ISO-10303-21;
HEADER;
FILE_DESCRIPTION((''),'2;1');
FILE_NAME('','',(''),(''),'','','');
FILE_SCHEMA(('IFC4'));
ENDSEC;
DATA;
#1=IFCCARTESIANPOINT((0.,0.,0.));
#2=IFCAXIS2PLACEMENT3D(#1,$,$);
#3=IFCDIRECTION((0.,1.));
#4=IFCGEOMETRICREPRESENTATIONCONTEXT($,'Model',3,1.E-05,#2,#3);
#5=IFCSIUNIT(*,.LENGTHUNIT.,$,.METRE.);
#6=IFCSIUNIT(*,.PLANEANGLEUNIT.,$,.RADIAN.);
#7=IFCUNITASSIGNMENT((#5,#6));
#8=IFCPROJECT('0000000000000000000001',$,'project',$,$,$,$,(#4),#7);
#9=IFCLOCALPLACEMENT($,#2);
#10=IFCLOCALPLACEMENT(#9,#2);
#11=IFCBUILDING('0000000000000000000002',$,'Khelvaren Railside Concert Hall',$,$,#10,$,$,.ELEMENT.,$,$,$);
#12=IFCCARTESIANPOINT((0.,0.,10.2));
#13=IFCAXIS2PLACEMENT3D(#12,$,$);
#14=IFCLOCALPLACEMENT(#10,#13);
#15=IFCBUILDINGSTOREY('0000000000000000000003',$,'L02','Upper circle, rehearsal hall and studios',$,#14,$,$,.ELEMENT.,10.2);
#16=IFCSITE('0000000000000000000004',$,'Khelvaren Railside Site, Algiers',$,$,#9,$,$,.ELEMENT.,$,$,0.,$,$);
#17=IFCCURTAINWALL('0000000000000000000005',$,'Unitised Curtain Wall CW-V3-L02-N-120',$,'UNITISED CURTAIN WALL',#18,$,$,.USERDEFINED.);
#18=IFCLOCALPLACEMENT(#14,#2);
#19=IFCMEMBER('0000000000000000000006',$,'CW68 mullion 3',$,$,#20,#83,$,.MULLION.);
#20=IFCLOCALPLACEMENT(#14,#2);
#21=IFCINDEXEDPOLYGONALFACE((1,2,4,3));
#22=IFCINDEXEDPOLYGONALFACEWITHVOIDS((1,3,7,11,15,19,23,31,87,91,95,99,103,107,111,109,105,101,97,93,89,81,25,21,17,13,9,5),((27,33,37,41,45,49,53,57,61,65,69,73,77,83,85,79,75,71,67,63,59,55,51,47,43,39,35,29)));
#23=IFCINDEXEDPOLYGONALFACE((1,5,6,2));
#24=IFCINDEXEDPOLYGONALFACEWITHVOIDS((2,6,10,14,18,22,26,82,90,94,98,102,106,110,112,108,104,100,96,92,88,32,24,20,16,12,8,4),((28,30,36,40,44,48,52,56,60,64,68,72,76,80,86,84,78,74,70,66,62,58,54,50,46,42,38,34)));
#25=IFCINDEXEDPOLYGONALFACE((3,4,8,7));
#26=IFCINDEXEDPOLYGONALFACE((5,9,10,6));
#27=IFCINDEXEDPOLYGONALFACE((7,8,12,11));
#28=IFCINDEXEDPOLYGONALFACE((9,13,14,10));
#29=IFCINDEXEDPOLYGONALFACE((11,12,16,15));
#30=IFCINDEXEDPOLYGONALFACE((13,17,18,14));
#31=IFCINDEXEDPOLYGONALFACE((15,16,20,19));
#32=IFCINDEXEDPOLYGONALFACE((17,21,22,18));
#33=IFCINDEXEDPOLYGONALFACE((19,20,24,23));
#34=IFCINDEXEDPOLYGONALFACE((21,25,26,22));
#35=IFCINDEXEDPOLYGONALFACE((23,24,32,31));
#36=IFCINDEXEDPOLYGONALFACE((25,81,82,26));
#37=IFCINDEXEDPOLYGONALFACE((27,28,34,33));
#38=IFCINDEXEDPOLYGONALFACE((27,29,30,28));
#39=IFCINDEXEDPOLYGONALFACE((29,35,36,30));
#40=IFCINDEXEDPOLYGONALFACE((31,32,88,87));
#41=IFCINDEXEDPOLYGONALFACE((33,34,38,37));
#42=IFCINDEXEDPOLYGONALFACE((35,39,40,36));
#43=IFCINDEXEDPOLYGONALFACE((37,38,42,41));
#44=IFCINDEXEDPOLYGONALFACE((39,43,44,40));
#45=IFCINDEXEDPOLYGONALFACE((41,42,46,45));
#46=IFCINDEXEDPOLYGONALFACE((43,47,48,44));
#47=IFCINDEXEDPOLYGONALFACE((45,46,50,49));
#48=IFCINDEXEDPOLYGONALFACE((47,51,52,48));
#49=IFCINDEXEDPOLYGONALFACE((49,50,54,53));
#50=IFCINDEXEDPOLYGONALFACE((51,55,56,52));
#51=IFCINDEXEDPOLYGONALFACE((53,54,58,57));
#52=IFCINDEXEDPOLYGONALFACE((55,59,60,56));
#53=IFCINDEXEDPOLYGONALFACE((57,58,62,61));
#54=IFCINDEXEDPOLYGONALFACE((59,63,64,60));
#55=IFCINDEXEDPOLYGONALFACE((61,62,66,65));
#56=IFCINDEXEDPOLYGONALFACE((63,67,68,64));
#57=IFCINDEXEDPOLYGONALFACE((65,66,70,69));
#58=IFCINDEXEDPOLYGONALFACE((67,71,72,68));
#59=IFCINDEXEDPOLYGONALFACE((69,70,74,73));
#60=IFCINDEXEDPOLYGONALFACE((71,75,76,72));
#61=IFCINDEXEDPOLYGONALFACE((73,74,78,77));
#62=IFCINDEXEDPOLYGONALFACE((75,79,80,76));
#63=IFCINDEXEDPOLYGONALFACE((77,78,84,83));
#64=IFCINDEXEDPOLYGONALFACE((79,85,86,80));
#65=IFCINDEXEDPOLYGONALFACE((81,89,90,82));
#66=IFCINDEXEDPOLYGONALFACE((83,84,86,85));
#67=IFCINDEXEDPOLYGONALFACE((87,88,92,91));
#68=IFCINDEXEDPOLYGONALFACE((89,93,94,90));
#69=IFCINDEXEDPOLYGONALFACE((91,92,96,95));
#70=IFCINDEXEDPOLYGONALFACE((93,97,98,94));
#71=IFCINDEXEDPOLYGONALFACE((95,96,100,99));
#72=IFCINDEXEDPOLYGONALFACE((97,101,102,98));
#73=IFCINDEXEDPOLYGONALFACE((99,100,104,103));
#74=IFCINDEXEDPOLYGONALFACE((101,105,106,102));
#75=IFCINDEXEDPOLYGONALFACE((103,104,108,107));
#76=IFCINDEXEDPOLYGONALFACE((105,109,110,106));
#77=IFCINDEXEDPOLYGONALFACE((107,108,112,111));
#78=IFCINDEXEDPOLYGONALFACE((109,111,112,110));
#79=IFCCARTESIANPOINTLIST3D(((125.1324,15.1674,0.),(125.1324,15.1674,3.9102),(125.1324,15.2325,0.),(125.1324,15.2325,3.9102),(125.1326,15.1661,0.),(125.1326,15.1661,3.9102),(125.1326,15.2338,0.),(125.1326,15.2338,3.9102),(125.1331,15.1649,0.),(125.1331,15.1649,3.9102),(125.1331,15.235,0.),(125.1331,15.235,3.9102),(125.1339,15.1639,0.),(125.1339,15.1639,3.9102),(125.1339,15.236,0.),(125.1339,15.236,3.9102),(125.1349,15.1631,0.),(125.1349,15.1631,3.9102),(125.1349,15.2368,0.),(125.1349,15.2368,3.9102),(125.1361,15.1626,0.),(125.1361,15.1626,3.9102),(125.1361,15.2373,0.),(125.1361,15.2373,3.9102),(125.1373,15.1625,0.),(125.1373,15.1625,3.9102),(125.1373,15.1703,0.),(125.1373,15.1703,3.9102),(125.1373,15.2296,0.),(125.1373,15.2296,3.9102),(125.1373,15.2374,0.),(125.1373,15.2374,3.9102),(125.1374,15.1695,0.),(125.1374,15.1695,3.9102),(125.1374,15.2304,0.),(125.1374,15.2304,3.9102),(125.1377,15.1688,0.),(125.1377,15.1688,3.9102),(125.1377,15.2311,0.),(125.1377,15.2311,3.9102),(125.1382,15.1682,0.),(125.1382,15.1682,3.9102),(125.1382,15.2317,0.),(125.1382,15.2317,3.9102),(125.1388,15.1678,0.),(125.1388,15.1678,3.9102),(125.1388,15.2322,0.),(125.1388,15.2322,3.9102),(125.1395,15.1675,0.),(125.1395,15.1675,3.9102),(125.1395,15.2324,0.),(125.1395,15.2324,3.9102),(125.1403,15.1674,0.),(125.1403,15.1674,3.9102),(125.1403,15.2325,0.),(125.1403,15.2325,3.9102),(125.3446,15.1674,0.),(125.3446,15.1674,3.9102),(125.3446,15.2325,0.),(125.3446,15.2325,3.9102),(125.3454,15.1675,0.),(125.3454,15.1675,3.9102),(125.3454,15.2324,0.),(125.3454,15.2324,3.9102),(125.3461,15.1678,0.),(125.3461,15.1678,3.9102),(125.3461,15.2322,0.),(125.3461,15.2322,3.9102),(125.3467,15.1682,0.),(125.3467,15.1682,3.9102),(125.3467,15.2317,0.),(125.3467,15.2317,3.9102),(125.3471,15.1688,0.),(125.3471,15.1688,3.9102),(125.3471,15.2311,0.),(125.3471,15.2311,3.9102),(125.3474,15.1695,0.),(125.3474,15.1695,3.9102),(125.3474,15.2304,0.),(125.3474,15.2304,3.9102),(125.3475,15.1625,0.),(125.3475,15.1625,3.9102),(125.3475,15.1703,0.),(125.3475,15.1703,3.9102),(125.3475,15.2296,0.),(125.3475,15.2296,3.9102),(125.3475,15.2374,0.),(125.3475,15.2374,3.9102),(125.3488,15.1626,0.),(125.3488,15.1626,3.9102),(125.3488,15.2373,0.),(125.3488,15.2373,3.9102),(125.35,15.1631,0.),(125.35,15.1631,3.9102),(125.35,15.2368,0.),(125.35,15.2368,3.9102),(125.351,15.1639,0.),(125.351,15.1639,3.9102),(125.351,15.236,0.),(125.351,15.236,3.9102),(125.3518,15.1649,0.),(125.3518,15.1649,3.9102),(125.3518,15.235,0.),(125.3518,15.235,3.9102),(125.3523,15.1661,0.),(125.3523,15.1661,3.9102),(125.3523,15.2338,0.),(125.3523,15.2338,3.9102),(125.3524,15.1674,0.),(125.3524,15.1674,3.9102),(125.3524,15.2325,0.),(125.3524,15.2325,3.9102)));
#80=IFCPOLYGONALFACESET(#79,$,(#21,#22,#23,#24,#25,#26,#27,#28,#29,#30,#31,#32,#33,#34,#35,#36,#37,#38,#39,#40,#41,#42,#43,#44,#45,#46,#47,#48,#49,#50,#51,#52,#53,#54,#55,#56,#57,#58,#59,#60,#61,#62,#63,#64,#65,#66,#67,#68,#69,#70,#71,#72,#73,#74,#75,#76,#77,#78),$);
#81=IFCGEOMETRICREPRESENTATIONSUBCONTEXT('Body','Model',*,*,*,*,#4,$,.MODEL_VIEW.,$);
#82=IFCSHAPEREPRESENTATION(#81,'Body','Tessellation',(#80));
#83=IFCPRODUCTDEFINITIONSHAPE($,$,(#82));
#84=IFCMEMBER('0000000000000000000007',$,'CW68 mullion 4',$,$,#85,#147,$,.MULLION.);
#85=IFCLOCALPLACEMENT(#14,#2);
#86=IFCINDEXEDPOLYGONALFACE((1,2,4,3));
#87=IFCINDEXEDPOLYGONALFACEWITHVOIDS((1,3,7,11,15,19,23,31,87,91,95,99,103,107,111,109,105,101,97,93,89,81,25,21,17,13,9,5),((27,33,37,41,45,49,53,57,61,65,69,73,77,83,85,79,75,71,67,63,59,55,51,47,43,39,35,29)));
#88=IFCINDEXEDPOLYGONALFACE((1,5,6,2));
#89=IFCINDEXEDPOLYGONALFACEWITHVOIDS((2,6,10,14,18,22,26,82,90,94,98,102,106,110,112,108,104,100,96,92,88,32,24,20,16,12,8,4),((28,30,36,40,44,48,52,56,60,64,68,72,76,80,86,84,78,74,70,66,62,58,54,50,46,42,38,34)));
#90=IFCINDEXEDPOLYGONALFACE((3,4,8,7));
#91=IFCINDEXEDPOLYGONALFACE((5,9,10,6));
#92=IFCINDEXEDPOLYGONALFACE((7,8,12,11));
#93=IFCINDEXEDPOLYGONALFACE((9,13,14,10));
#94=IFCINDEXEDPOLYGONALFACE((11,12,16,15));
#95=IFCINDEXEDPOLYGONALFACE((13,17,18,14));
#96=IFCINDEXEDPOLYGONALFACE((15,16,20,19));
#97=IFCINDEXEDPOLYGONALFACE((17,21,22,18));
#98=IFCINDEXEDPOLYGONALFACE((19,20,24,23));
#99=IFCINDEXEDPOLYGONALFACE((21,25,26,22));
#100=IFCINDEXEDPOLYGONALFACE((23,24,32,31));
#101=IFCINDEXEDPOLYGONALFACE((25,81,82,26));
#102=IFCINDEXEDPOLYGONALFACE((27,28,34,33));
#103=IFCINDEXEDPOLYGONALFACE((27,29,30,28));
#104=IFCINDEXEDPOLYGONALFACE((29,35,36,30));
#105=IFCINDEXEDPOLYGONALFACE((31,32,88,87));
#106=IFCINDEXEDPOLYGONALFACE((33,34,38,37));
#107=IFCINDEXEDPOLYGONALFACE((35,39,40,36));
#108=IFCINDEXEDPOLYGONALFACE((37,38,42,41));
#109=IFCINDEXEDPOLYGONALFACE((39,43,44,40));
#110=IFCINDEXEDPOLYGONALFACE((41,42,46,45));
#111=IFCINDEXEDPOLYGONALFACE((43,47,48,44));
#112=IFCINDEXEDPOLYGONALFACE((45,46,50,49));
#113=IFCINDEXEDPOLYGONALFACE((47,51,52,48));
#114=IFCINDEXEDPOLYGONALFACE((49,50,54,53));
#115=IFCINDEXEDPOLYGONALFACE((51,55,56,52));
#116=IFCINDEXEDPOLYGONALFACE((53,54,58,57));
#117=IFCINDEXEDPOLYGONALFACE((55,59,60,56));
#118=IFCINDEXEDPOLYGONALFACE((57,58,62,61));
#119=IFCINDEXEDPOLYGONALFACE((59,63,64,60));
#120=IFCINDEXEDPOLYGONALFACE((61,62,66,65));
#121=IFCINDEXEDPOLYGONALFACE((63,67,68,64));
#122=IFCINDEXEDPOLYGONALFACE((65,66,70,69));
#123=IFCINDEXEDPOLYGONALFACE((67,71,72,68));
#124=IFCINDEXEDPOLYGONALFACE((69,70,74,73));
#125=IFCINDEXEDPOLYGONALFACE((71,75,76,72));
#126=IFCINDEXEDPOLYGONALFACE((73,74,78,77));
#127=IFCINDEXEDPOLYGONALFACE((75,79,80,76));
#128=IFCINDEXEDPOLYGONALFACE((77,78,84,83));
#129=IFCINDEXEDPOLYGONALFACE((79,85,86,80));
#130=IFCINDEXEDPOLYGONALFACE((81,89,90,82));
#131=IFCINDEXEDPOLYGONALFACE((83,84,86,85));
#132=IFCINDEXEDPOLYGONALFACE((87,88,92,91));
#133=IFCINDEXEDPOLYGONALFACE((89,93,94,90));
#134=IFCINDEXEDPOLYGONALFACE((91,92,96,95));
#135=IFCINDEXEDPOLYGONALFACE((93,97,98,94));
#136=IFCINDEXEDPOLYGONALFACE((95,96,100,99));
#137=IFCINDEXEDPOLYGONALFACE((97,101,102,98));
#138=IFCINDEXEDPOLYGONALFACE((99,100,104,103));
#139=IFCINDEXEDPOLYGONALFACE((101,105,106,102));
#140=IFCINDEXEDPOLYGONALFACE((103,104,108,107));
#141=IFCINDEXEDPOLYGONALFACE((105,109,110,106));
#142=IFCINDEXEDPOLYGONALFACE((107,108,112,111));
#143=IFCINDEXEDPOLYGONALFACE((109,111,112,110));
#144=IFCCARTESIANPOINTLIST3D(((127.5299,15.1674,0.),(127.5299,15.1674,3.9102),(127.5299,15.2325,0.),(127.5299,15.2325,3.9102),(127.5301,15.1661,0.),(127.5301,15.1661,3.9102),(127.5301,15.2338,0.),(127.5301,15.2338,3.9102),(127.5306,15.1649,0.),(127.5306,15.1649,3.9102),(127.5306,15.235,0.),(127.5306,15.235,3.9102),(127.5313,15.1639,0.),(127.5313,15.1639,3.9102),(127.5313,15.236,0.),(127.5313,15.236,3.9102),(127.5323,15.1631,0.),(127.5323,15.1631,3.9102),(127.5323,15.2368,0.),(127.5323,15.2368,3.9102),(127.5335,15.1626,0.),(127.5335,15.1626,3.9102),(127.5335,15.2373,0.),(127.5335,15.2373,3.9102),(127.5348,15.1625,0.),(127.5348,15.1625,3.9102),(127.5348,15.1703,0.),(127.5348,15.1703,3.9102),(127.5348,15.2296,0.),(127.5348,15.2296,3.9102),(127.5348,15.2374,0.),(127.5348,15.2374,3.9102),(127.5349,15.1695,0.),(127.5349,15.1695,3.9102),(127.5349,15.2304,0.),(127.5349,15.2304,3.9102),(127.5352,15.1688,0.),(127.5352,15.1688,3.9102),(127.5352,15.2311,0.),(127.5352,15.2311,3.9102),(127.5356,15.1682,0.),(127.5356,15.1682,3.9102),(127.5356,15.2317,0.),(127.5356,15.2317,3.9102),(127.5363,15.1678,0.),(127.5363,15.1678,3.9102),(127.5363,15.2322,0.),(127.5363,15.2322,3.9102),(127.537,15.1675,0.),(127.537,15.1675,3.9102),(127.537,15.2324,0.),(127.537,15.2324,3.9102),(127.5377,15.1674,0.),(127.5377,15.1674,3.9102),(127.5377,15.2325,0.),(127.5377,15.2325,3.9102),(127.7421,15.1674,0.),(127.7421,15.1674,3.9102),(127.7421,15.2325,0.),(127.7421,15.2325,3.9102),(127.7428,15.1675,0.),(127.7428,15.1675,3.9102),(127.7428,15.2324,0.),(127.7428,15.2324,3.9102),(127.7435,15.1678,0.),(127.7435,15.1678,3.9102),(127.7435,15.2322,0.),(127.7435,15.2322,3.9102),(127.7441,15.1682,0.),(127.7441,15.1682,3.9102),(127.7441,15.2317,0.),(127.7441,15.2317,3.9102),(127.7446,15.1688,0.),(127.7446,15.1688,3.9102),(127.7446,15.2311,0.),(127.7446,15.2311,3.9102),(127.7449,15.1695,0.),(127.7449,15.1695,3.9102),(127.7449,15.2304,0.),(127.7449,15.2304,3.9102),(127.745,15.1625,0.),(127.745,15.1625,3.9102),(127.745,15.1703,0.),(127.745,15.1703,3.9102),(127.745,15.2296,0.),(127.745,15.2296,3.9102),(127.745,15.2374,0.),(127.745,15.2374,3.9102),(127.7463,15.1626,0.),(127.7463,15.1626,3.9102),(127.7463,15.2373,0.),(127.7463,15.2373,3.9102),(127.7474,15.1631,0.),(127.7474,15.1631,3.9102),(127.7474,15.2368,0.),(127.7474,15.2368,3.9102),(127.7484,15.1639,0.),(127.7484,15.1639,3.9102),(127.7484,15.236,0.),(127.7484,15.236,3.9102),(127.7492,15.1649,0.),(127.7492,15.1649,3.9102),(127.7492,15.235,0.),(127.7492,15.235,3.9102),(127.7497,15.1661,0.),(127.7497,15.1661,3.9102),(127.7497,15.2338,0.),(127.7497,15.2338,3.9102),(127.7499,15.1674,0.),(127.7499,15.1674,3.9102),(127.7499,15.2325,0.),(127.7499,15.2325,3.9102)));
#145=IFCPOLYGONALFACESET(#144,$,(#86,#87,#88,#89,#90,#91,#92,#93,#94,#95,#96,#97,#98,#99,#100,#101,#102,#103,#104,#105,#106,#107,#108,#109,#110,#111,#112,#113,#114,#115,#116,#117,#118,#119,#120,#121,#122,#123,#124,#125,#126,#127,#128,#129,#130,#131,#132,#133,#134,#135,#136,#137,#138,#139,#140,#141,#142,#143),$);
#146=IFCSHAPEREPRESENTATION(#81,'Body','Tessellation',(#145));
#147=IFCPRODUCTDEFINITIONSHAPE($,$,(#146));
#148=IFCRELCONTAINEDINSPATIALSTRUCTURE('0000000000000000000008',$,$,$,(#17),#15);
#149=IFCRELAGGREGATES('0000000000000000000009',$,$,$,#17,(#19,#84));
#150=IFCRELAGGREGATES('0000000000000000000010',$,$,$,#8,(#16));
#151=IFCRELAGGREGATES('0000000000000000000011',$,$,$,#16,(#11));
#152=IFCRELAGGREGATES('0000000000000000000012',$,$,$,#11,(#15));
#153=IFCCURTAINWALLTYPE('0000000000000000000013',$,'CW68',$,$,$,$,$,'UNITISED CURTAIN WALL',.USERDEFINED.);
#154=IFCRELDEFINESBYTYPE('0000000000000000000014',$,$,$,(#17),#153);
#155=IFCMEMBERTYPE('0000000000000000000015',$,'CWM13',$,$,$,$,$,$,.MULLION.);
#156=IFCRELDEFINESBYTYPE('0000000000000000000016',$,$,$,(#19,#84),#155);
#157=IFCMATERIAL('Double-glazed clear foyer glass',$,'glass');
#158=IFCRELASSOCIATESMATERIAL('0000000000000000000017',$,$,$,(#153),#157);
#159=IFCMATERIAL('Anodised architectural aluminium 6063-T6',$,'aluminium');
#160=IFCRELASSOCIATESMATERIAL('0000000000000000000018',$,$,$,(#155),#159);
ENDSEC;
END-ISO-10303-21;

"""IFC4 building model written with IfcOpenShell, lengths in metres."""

from ifc_helpers import new_model, si_unit, direction, frame, origin, origin_2d, place, context, subcontext, project, spatial, hollow_rectangle, extrude, material, material_profile, profile_set, type_object, element, aggregate, save


model = new_model("IFC4")

# Units and contexts
model_context = context("Model", 3, precision=1e-05, world=origin(), true_north=direction((0.0, 1.0)))
body_context = subcontext(model_context, "Body", "Model", "MODEL_VIEW")
ifc_project = project(units=[si_unit("LENGTHUNIT", "METRE"), si_unit("PLANEANGLEUNIT", "RADIAN")], contexts=[model_context])

# Site, building, storey
site_placement = place(None, origin())
site = spatial("IfcSite", under=ifc_project, at=site_placement, Name="Khelvaren Railside Site, Algiers", CompositionType="ELEMENT", RefElevation=0.0)
building_placement = place(site_placement, origin())
building = spatial("IfcBuilding", under=site, at=building_placement, Name="Khelvaren Railside Concert Hall", CompositionType="ELEMENT")
storey_placement = place(building_placement, frame((0.0, 0.0, 10.2)))
storey = spatial("IfcBuildingStorey", under=building, at=storey_placement, Name="L02", Description="Upper circle, rehearsal hall and studios", CompositionType="ELEMENT", Elevation=10.2)

# Curtain wall, members
ifc_material_1 = material(Name="Double-glazed clear foyer glass", Category="glass")
curtain_wall_type = type_object("IfcCurtainWallType", Name="CW68", ElementType="UNITISED CURTAIN WALL", PredefinedType="USERDEFINED", material=ifc_material_1)
curtain_wall_placement = place(storey_placement, origin())
curtain_wall = element("IfcCurtainWall", 1, at=curtain_wall_placement, inside=storey, type_object=curtain_wall_type, Name="Unitised Curtain Wall CW-V3-L02-N-120", ObjectType="UNITISED CURTAIN WALL", PredefinedType="USERDEFINED")
ifc_material_2 = material(Name="Anodised architectural aluminium 6063-T6", Category="aluminium")
ifc_material_profile_1 = material_profile(ifc_material_2, hollow_rectangle(XDim=0.075, YDim=0.22, WallThickness=0.0049, InnerFilletRadius=0.0029, OuterFilletRadius=0.0049, at=origin_2d()), Name="CWM 75x220x5")
ifc_profile_set_1 = profile_set([ifc_material_profile_1], Name="Anodised architectural aluminium 6063-T6")
member_type_1 = type_object("IfcMemberType", Name="CWM13", PredefinedType="MULLION", material=ifc_profile_set_1)
member_1_placement = place(storey_placement, frame((125.2424, 15.2, 0.0), z_axis=(0.0, 0.0, 1.0), x_axis=(0.0, 1.0, 0.0)))
member_1 = element("IfcMember", 2, at=member_1_placement, type_object=member_type_1, Name="CW68 mullion 3", PredefinedType="MULLION", context=body_context, shape_type="SweptSolid", body=[
    extrude(hollow_rectangle(XDim=0.075, YDim=0.22, WallThickness=0.0049, InnerFilletRadius=0.0029, OuterFilletRadius=0.0049, at=origin_2d()), origin(), (0.0, 0.0, 1.0), 3.9102),
])
member_2_placement = place(storey_placement, frame((127.6399, 15.2, 0.0), z_axis=(0.0, 0.0, 1.0), x_axis=(0.0, 1.0, 0.0)))
member_2 = element("IfcMember", 3, at=member_2_placement, type_object=member_type_1, Name="CW68 mullion 4", PredefinedType="MULLION", context=body_context, shape_type="SweptSolid", body=[
    extrude(hollow_rectangle(XDim=0.075, YDim=0.22, WallThickness=0.0049, InnerFilletRadius=0.0029, OuterFilletRadius=0.0049, at=origin_2d()), origin(), (0.0, 0.0, 1.0), 3.9102),
])
aggregate(curtain_wall, [member_1, member_2])

save(model, "model.ifc")
